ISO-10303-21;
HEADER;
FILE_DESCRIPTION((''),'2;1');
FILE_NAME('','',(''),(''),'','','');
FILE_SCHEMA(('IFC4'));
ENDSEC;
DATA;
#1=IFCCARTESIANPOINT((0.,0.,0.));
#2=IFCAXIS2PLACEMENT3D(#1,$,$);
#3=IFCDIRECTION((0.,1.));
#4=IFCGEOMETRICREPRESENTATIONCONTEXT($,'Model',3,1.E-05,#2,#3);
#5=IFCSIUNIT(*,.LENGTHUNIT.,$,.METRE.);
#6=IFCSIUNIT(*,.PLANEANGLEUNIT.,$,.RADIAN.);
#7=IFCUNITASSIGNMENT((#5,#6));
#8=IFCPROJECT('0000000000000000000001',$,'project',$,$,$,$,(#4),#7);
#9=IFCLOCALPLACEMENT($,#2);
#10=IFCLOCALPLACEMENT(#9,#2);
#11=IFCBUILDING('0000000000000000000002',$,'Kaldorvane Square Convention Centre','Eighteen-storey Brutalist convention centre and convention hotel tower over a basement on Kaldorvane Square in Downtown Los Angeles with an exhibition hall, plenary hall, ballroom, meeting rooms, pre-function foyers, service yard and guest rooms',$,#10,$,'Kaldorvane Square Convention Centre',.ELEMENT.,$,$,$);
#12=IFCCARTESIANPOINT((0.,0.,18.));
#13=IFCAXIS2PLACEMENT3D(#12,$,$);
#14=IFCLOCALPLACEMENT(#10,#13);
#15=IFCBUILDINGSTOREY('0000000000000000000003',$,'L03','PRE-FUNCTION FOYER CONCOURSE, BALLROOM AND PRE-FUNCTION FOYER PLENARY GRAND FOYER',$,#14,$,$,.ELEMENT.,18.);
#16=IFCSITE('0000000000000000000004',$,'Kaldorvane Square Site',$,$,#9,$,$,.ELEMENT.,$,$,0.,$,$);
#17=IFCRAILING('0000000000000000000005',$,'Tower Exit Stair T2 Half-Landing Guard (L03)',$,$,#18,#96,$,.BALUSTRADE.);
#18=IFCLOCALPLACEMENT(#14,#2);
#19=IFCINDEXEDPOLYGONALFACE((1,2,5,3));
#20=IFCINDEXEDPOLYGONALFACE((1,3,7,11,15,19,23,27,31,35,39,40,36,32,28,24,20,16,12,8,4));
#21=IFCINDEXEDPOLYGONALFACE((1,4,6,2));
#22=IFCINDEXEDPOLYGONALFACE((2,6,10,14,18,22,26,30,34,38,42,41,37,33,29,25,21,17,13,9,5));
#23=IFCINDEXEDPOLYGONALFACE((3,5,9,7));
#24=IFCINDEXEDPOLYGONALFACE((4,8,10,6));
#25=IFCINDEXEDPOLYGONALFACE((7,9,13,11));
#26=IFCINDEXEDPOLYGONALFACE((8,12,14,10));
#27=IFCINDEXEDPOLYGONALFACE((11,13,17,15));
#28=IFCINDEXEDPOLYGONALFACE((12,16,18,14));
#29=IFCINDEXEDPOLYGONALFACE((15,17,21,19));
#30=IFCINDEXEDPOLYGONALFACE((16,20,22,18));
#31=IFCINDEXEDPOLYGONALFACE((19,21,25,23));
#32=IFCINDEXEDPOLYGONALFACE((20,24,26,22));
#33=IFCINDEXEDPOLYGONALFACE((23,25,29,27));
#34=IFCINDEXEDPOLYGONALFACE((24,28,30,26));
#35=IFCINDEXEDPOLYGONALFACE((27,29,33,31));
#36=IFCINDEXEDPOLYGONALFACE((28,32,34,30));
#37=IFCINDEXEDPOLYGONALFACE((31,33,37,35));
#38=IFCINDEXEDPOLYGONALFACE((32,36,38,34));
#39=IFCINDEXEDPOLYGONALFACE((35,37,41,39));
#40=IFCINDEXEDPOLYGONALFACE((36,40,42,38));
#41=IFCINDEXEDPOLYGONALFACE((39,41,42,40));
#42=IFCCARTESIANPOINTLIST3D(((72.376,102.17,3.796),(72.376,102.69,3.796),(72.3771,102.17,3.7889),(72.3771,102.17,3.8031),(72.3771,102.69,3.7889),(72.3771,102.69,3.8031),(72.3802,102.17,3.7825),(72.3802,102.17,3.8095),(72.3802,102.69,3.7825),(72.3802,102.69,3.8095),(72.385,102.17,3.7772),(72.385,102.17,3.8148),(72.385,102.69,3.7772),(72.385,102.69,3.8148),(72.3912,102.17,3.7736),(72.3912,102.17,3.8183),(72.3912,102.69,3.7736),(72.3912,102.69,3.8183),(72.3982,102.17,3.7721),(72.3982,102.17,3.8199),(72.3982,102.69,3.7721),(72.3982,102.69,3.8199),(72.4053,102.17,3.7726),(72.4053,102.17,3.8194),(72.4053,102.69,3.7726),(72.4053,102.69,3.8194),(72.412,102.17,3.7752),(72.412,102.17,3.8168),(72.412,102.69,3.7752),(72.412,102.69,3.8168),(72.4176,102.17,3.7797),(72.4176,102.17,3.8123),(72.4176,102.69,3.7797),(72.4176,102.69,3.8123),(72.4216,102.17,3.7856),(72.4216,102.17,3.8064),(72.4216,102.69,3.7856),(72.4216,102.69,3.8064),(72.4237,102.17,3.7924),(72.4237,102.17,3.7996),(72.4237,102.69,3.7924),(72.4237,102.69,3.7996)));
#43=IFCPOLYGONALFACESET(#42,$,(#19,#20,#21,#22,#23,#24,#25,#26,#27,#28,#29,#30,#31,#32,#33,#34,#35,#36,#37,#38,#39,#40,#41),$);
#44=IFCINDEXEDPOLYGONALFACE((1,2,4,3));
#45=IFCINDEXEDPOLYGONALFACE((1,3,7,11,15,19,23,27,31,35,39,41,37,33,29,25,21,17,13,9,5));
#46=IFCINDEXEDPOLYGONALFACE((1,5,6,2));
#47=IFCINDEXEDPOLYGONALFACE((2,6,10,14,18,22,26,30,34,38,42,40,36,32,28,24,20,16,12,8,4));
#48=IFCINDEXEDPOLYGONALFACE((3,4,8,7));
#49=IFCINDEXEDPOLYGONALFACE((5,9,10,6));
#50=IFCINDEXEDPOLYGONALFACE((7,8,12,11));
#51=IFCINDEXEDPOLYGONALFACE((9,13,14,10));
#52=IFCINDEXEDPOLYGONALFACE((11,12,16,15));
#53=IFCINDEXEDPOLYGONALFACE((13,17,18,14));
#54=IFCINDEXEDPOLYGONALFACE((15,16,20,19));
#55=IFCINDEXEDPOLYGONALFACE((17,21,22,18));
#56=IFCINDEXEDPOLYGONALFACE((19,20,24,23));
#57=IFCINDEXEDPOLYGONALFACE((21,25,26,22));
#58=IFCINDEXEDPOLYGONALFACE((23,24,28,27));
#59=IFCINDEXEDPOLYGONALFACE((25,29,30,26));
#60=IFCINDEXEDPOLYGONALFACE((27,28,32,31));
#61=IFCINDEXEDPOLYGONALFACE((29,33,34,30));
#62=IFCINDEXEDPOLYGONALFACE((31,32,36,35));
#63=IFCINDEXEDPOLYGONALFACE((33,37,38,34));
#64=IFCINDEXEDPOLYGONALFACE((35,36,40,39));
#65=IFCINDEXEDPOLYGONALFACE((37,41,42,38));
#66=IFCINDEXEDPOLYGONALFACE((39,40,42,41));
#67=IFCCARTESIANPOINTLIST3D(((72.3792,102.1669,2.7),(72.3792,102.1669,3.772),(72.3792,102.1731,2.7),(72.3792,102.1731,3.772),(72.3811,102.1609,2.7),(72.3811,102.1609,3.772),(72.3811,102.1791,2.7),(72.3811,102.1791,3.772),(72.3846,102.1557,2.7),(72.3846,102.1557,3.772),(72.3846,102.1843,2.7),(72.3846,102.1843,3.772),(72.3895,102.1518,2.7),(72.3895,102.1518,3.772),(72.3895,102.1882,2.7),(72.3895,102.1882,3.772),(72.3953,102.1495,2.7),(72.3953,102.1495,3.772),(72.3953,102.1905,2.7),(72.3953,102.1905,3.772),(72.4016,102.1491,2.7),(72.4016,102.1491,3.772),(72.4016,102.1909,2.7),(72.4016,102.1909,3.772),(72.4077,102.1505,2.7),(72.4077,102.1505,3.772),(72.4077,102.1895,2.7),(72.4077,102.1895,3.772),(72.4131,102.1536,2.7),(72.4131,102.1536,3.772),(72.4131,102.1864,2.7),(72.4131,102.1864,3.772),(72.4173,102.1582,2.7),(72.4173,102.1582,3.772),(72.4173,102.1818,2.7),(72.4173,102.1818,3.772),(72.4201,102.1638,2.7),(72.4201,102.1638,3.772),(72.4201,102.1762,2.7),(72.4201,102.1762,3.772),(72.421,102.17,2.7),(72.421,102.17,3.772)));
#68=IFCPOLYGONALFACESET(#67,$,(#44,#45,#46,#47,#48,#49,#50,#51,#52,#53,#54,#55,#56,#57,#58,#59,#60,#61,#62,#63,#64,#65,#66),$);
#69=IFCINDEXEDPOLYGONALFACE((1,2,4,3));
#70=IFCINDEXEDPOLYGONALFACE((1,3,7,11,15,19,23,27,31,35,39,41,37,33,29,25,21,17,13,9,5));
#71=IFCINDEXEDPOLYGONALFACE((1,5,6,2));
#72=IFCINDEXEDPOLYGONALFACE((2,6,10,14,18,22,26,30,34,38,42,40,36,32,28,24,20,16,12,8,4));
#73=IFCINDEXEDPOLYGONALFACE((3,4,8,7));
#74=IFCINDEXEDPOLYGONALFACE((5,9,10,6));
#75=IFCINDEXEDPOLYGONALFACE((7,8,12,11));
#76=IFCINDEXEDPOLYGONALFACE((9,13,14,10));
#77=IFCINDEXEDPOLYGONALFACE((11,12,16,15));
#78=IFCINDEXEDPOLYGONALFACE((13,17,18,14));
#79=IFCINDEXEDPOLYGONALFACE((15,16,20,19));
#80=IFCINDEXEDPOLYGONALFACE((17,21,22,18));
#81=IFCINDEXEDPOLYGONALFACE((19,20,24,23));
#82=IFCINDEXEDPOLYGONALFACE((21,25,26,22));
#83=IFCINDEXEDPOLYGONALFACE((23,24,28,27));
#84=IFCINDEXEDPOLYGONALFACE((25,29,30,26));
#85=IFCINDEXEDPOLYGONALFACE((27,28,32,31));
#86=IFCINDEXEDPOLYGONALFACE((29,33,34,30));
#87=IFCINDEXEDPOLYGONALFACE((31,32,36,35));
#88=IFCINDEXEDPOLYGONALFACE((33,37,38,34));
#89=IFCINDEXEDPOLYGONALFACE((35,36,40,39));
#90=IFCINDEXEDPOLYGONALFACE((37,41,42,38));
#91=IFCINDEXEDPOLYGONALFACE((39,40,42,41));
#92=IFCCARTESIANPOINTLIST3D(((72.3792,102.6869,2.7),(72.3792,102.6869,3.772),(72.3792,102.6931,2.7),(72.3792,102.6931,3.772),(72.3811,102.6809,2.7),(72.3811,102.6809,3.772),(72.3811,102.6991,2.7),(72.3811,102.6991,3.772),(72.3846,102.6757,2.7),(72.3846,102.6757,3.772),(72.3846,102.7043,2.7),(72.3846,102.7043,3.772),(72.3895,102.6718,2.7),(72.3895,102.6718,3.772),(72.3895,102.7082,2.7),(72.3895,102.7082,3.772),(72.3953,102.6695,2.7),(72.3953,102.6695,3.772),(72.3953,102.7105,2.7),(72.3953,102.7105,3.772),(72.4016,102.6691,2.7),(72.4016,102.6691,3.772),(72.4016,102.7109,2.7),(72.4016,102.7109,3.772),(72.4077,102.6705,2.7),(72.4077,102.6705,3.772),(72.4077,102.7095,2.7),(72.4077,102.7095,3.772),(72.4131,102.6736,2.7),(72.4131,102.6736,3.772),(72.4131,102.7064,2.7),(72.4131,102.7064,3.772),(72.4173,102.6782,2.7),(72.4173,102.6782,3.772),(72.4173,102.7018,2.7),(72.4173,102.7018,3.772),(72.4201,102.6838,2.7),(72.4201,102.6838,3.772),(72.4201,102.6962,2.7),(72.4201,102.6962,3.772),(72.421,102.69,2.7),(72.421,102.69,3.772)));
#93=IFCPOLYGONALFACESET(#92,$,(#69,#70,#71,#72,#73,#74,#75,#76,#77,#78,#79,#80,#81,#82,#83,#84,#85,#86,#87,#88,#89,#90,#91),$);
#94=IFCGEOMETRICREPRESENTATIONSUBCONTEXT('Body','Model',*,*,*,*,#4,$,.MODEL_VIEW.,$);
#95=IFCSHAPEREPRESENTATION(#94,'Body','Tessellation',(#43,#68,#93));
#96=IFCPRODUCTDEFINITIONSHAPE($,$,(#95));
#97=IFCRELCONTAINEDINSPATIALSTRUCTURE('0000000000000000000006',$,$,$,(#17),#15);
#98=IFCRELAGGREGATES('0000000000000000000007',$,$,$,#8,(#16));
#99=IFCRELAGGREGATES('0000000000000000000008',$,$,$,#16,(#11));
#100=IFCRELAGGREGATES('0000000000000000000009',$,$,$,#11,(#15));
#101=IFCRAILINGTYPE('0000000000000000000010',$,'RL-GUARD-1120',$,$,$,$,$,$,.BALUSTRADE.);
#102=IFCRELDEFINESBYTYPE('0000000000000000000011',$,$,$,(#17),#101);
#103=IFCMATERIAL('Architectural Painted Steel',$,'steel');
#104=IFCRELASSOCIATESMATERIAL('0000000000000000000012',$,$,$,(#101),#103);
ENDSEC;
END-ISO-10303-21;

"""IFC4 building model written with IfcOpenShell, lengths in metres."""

from ifc_helpers import new_model, si_unit, direction, frame, origin, origin_2d, place, context, subcontext, project, spatial, circle, extrude, material, type_object, element, save


model = new_model("IFC4")

# Units and contexts
model_context = context("Model", 3, precision=1e-05, world=origin(), true_north=direction((0.0, 1.0)))
body_context = subcontext(model_context, "Body", "Model", "MODEL_VIEW")
ifc_project = project(units=[si_unit("LENGTHUNIT", "METRE"), si_unit("PLANEANGLEUNIT", "RADIAN")], contexts=[model_context])

# Site, building, storey
site_placement = place(None, origin())
site = spatial("IfcSite", under=ifc_project, at=site_placement, Name="Kaldorvane Square Site", CompositionType="ELEMENT", RefElevation=0.0)
building_placement = place(site_placement, origin())
building = spatial("IfcBuilding", under=site, at=building_placement, Name="Kaldorvane Square Convention Centre", Description="Eighteen-storey Brutalist convention centre and convention hotel tower over a basement on Kaldorvane Square in Downtown Los Angeles with an exhibition hall, plenary hall, ballroom, meeting rooms, pre-function foyers, service yard and guest rooms", LongName="Kaldorvane Square Convention Centre", CompositionType="ELEMENT")
storey_placement = place(building_placement, frame((0.0, 0.0, 18.0)))
storey = spatial("IfcBuildingStorey", under=building, at=storey_placement, Name="L03", Description="PRE-FUNCTION FOYER CONCOURSE, BALLROOM AND PRE-FUNCTION FOYER PLENARY GRAND FOYER", CompositionType="ELEMENT", Elevation=18.0)

# Railing
ifc_material_1 = material(Name="Architectural Painted Steel", Category="steel")
railing_type_1 = type_object("IfcRailingType", Name="RL-GUARD-1120", PredefinedType="BALUSTRADE", material=ifc_material_1)
for number, where, name in (
    (1, (72.4, 102.17, 2.7), "Tower Exit Stair T2 Half-Landing Guard (L03)"),
):
    element("IfcRailing", number, at=place(storey_placement, frame(where)), inside=storey, type_object=railing_type_1, Name=name, PredefinedType="BALUSTRADE", context=body_context, shape_type="SweptSolid", body=[
        extrude(circle(Radius=0.024, at=origin_2d()), frame((0.0, 0.0, 1.096), z_axis=(0.0, 1.0, 0.0), x_axis=(-1.0, 0.0, 0.0)), (0.0, 0.0, 1.0), 0.52),
        extrude(circle(Radius=0.021, at=origin_2d()), origin(), (0.0, 0.0, 1.0), 1.072),
        extrude(circle(Radius=0.021, at=origin_2d()), frame((0.0, 0.52, 0.0)), (0.0, 0.0, 1.0), 1.072),
    ])

save(model, "model.ifc")
